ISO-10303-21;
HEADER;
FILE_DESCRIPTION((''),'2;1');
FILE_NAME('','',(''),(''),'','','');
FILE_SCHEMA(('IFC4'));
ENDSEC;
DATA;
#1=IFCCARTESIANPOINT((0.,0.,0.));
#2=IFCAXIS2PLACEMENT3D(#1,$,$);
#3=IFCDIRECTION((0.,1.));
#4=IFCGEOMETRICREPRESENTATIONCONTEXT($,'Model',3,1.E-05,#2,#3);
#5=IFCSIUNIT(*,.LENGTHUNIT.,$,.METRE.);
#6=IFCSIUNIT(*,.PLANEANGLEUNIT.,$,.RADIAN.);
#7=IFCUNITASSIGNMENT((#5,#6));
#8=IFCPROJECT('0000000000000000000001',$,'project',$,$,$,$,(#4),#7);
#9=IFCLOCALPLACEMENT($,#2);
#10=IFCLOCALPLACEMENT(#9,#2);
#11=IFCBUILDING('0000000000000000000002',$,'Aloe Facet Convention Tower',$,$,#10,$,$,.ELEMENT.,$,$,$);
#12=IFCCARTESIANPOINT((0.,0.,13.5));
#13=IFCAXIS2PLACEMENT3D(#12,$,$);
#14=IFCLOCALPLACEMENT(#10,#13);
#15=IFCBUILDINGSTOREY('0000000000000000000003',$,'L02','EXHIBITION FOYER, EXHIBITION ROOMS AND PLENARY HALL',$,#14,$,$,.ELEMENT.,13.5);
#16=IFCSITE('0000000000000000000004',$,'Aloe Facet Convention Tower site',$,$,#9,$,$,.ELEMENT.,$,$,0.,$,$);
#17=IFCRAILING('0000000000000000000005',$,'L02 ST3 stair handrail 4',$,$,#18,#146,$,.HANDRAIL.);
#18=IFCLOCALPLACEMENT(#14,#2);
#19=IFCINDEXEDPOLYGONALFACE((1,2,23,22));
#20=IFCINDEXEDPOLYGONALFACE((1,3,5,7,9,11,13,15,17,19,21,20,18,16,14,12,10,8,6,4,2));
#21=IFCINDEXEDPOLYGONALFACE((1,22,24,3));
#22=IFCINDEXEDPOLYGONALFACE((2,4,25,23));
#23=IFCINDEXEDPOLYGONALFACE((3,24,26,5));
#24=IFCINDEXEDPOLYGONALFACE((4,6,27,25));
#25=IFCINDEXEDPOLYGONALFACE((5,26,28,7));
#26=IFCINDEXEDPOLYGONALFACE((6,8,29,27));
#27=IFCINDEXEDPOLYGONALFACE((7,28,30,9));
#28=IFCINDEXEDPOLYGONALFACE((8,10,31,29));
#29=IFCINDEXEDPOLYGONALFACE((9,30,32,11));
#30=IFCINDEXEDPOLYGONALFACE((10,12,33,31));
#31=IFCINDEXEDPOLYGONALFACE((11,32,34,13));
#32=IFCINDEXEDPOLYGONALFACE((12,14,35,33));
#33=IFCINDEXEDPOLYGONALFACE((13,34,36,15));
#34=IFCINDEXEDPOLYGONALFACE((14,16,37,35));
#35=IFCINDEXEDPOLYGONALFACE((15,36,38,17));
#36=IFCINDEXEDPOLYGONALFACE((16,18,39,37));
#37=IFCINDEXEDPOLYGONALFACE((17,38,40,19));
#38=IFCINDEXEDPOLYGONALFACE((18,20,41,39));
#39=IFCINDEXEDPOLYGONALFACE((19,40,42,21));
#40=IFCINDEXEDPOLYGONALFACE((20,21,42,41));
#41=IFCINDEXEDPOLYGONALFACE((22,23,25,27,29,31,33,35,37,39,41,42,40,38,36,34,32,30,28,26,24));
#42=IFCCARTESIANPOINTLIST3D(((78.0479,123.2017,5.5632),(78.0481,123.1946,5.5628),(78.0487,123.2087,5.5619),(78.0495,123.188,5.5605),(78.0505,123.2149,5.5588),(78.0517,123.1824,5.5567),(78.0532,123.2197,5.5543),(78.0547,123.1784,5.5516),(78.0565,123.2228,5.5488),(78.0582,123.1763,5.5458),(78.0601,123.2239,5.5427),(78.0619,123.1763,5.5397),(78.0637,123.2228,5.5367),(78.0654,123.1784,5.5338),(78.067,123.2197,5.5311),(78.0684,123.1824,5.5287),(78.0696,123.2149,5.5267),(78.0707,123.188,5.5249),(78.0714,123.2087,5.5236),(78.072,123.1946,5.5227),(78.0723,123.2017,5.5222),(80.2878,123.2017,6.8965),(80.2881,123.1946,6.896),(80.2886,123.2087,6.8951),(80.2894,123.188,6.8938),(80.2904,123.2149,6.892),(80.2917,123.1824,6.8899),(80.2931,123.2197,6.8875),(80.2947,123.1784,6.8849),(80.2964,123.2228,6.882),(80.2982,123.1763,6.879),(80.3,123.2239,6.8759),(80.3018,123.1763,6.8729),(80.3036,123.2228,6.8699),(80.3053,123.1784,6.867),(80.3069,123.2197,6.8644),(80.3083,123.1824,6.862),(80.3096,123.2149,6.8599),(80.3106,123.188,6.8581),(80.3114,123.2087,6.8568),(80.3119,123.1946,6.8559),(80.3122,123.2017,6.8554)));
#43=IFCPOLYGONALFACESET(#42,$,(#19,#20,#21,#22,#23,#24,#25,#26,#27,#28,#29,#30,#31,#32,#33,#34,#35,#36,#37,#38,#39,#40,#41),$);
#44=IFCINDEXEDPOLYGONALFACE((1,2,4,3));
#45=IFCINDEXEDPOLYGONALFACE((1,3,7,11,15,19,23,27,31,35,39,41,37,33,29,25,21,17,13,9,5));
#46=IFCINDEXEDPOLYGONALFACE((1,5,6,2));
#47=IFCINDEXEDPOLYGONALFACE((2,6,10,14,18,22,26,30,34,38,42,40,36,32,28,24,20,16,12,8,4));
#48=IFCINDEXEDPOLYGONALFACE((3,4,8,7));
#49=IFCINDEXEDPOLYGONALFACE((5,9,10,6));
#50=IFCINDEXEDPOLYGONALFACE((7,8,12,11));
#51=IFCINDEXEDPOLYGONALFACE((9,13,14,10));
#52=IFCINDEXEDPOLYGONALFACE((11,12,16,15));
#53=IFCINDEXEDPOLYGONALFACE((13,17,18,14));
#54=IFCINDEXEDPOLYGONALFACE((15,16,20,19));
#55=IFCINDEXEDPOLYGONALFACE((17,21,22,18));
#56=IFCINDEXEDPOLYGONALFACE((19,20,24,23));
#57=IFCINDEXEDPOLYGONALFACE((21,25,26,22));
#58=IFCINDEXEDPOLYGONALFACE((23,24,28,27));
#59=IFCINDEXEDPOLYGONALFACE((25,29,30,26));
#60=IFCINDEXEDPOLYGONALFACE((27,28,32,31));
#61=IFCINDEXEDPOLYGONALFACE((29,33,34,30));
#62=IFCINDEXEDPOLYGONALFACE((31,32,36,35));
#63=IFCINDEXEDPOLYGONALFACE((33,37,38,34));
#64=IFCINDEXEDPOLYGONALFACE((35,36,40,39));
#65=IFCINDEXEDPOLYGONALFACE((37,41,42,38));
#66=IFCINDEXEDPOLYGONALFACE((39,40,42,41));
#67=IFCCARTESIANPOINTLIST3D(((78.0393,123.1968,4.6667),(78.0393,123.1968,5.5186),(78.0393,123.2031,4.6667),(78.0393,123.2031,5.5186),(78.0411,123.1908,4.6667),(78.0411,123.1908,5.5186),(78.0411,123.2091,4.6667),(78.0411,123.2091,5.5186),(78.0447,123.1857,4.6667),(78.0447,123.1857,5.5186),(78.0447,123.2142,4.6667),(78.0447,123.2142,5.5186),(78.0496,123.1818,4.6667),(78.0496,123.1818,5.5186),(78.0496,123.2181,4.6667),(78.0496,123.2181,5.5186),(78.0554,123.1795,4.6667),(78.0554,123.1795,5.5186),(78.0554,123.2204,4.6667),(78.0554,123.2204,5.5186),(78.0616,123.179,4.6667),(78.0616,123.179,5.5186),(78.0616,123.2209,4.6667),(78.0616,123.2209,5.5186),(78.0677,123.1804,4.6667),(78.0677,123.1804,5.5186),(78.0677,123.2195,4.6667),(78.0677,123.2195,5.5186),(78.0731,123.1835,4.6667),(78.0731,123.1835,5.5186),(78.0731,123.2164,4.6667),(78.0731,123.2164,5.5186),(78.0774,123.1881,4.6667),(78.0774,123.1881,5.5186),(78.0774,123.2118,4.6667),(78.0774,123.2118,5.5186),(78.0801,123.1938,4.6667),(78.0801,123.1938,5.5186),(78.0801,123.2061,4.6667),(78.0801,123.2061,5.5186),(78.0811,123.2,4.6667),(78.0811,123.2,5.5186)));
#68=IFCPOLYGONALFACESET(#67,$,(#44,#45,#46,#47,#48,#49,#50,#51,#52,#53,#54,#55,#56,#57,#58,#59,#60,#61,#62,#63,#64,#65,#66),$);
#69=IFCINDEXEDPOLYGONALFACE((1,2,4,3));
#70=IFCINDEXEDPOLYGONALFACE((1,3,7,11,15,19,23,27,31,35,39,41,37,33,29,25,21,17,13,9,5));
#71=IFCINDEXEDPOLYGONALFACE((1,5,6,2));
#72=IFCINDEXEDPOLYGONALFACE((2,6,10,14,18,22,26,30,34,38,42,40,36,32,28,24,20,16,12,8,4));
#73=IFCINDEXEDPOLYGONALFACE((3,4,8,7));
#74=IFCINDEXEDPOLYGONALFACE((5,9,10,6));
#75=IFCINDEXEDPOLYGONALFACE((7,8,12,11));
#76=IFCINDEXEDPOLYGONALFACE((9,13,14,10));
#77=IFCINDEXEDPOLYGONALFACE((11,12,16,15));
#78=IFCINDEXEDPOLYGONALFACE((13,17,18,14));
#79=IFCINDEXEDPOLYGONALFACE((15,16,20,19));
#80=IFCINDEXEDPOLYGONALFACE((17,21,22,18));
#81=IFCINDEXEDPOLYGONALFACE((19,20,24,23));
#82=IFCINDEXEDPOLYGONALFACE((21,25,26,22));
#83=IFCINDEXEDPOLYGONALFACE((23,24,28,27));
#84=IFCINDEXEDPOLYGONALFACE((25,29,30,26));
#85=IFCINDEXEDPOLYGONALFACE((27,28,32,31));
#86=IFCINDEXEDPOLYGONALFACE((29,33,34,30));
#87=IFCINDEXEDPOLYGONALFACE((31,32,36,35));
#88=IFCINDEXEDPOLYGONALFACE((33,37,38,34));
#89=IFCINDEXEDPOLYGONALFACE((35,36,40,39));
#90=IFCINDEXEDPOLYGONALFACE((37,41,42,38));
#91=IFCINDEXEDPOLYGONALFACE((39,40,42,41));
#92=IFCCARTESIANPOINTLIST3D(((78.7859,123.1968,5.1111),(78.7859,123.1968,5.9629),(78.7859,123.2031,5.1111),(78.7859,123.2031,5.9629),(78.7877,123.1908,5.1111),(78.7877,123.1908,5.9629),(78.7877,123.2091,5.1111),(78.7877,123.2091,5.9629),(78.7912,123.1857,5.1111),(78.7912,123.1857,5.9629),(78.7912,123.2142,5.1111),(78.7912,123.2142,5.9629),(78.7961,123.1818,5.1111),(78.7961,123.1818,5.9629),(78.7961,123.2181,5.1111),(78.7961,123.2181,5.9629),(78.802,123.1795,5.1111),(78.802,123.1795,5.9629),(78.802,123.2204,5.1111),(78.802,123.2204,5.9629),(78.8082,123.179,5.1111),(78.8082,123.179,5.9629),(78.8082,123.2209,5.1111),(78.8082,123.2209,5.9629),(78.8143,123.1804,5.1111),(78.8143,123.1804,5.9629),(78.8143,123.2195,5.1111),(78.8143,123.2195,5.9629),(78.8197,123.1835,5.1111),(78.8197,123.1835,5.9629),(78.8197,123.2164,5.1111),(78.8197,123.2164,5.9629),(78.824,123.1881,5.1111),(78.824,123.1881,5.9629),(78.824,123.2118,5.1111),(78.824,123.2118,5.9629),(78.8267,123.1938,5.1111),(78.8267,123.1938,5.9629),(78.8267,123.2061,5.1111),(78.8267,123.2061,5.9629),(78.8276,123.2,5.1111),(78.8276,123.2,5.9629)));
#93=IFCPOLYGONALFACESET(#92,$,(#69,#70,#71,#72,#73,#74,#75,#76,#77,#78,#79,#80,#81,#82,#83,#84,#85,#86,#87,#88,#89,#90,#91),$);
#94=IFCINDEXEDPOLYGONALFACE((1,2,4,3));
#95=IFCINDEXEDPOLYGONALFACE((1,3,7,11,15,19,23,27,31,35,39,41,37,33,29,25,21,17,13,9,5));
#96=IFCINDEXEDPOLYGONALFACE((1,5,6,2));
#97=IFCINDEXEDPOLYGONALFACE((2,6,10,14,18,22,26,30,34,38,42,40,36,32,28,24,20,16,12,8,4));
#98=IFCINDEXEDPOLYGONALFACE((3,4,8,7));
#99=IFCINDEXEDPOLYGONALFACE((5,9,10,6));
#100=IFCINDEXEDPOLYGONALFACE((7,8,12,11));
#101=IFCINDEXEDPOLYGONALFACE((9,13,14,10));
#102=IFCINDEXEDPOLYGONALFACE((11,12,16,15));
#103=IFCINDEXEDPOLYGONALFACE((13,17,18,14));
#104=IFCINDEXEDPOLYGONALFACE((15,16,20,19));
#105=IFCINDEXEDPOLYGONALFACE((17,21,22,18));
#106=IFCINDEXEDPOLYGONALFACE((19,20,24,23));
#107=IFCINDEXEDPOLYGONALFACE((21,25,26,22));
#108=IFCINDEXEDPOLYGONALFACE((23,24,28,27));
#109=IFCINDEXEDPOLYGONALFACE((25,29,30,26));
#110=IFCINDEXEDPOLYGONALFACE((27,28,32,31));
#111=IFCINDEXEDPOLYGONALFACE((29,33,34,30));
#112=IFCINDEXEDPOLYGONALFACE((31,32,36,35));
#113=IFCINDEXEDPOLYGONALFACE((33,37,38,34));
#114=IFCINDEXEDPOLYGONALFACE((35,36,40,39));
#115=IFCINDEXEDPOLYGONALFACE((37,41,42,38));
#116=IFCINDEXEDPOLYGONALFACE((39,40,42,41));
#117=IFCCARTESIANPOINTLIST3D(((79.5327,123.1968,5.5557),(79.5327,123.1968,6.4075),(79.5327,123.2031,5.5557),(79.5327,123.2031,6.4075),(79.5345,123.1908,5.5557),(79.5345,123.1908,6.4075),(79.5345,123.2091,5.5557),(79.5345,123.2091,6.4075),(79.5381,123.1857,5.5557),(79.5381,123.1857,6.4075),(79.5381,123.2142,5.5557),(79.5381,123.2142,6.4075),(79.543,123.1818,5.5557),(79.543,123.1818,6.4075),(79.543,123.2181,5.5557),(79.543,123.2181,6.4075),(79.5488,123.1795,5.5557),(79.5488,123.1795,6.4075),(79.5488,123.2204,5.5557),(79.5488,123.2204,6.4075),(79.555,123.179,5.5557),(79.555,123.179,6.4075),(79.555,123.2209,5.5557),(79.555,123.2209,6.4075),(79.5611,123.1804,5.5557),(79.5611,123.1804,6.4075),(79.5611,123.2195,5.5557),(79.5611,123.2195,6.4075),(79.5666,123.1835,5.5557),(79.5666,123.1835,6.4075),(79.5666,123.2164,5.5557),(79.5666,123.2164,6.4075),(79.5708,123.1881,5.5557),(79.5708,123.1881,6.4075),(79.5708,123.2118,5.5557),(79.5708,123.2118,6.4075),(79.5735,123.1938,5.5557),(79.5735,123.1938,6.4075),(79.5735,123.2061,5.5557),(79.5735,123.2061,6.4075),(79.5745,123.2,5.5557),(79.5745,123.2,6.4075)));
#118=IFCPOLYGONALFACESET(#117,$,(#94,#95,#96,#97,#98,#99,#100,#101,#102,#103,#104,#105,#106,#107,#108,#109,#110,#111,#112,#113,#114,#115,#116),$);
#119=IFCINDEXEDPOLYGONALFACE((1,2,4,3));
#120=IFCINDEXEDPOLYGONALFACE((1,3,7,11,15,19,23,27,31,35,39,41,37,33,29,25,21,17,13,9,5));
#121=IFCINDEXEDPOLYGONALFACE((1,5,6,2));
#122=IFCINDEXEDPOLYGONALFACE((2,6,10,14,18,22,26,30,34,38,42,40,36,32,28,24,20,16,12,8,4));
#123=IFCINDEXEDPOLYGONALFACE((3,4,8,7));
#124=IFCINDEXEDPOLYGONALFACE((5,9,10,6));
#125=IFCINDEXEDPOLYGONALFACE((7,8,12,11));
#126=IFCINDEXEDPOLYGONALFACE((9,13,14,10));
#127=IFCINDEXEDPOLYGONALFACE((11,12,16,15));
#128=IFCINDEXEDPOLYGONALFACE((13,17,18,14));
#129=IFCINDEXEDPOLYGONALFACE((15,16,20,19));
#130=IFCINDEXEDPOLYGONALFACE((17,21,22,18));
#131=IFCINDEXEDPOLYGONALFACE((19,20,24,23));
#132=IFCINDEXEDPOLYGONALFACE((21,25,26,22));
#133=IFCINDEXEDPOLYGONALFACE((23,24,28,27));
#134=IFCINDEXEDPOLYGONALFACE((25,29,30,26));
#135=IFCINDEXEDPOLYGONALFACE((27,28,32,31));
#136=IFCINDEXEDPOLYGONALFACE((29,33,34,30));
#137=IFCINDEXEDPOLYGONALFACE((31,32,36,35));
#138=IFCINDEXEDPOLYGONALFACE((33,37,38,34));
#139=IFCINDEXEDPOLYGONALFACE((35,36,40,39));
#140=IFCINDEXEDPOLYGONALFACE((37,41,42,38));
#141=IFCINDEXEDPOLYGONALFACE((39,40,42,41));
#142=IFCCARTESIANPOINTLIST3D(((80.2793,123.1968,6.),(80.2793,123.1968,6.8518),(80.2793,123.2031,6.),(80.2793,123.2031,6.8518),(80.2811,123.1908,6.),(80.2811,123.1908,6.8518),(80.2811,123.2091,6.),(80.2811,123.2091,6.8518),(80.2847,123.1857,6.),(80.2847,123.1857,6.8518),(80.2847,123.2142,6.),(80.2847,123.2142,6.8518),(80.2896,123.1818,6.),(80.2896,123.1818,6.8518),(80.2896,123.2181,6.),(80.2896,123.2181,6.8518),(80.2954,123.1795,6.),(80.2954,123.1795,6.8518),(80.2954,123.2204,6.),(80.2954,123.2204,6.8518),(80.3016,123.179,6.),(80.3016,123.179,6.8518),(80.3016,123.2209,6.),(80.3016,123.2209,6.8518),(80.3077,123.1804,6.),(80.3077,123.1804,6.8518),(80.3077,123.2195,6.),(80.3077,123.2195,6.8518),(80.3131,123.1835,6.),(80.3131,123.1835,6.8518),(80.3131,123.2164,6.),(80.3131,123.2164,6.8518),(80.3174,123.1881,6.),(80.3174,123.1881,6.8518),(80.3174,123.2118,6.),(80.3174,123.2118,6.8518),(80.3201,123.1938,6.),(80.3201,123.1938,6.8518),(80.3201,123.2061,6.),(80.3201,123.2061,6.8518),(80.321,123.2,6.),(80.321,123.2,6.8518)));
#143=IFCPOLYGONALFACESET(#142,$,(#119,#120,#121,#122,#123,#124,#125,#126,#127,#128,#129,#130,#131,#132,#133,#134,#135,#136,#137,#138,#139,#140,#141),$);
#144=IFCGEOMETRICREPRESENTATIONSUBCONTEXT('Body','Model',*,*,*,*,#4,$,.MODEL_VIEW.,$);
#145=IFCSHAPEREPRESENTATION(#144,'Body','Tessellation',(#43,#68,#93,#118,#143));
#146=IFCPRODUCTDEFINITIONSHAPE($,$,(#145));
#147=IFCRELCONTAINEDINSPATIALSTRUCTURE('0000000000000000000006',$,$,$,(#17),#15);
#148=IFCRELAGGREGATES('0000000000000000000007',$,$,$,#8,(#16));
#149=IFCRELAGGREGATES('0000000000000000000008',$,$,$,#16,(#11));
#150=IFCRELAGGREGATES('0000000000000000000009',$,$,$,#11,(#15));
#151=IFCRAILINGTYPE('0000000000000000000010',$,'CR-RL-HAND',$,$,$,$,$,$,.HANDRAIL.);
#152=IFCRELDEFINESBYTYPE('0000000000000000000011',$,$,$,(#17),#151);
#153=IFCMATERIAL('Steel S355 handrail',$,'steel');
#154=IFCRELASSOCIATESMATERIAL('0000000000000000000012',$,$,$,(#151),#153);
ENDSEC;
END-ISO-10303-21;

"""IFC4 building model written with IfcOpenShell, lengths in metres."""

from ifc_helpers import new_model, si_unit, direction, frame, origin, origin_2d, place, context, subcontext, project, spatial, circle, extrude, material, type_object, element, save


model = new_model("IFC4")

# Units and contexts
model_context = context("Model", 3, precision=1e-05, world=origin(), true_north=direction((0.0, 1.0)))
body_context = subcontext(model_context, "Body", "Model", "MODEL_VIEW")
ifc_project = project(units=[si_unit("LENGTHUNIT", "METRE"), si_unit("PLANEANGLEUNIT", "RADIAN")], contexts=[model_context])

# Site, building, storey
site_placement = place(None, origin())
site = spatial("IfcSite", under=ifc_project, at=site_placement, Name="Aloe Facet Convention Tower site", CompositionType="ELEMENT", RefElevation=0.0)
building_placement = place(site_placement, origin())
building = spatial("IfcBuilding", under=site, at=building_placement, Name="Aloe Facet Convention Tower", CompositionType="ELEMENT")
storey_placement = place(building_placement, frame((0.0, 0.0, 13.5)))
storey = spatial("IfcBuildingStorey", under=building, at=storey_placement, Name="L02", Description="EXHIBITION FOYER, EXHIBITION ROOMS AND PLENARY HALL", CompositionType="ELEMENT", Elevation=13.5)

# Railing
ifc_material_1 = material(Name="Steel S355 handrail", Category="steel")
railing_type_1 = type_object("IfcRailingType", Name="CR-RL-HAND", PredefinedType="HANDRAIL", material=ifc_material_1)
for number, where, name in (
    (1, (78.0601, 123.2, 4.6667), "L02 ST3 stair handrail 4"),
):
    element("IfcRailing", number, at=place(storey_placement, frame(where)), inside=storey, type_object=railing_type_1, Name=name, PredefinedType="HANDRAIL", context=body_context, shape_type="SweptSolid", body=[
        extrude(circle(Radius=0.0239, at=origin_2d()), frame((0.0, 0.0, 0.876), z_axis=(0.859306, 0.0, 0.511462), x_axis=(0.0, 1.0, 0.0)), (0.0, 0.0, 1.0), 2.6067),
        extrude(circle(Radius=0.021, at=origin_2d()), origin(), (0.0, 0.0, 1.0), 0.8518),
        extrude(circle(Radius=0.021, at=origin_2d()), frame((0.7466, 0.0, 0.4443)), (0.0, 0.0, 1.0), 0.8518),
        extrude(circle(Radius=0.021, at=origin_2d()), frame((1.4934, 0.0, 0.8889)), (0.0, 0.0, 1.0), 0.8518),
        extrude(circle(Radius=0.021, at=origin_2d()), frame((2.24, 0.0, 1.3333)), (0.0, 0.0, 1.0), 0.8518),
    ])

save(model, "model.ifc")
